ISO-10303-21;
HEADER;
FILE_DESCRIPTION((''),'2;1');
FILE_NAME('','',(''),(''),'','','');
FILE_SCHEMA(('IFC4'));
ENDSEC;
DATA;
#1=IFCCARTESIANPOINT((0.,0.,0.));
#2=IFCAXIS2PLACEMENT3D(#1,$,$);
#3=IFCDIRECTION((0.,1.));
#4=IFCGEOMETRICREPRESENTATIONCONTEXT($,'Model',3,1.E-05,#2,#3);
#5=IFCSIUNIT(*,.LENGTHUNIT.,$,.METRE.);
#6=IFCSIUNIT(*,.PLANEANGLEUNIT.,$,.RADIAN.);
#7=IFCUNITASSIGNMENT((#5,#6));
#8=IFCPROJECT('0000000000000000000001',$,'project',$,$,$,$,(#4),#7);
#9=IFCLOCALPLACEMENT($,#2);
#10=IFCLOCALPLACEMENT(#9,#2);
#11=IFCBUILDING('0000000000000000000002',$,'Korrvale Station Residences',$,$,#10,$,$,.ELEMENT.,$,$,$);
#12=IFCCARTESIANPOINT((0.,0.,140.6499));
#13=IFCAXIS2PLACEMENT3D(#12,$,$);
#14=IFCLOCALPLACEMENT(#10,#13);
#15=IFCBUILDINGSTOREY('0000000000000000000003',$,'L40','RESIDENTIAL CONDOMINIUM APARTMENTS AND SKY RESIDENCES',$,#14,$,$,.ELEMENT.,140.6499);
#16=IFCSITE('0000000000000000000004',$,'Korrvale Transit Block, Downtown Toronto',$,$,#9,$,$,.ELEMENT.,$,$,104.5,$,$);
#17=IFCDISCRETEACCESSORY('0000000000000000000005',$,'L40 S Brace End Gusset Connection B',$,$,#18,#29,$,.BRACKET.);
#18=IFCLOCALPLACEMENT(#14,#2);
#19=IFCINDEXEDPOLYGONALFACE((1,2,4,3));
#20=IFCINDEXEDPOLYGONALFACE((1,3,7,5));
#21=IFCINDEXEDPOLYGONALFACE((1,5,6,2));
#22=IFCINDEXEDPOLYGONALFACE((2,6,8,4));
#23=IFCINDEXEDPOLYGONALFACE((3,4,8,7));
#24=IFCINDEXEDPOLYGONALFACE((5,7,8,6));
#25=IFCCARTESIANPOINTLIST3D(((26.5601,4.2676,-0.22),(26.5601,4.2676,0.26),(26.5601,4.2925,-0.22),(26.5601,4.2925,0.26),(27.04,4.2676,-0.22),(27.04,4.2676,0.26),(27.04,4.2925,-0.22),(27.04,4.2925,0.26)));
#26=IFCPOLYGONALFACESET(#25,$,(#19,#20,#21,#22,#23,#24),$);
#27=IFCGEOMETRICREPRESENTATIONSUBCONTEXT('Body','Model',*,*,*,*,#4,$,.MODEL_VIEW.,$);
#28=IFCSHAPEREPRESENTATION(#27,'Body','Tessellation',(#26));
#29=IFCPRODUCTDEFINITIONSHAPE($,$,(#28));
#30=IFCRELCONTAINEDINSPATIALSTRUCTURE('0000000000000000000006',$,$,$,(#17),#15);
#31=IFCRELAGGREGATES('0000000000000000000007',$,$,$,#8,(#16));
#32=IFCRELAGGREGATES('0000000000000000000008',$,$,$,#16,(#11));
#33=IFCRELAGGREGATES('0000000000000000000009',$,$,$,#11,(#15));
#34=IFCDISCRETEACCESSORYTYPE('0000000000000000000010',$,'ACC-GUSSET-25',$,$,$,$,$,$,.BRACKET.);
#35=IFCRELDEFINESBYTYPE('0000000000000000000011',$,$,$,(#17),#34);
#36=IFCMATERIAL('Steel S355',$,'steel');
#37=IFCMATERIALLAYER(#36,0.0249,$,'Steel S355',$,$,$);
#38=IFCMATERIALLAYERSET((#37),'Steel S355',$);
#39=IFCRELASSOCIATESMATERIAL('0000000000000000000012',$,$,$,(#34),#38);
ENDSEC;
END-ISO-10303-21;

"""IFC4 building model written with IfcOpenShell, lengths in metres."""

from ifc_helpers import new_model, si_unit, direction, frame, origin, origin_2d, place, context, subcontext, project, spatial, rectangle, extrude, material, layer, layer_set, type_object, element, save


model = new_model("IFC4")

# Units and contexts
model_context = context("Model", 3, precision=1e-05, world=origin(), true_north=direction((0.0, 1.0)))
body_context = subcontext(model_context, "Body", "Model", "MODEL_VIEW")
ifc_project = project(units=[si_unit("LENGTHUNIT", "METRE"), si_unit("PLANEANGLEUNIT", "RADIAN")], contexts=[model_context])

# Site, building, storey
site_placement = place(None, origin())
site = spatial("IfcSite", under=ifc_project, at=site_placement, Name="Korrvale Transit Block, Downtown Toronto", CompositionType="ELEMENT", RefElevation=104.5)
building_placement = place(site_placement, origin())
building = spatial("IfcBuilding", under=site, at=building_placement, Name="Korrvale Station Residences", CompositionType="ELEMENT")
storey_placement = place(building_placement, frame((0.0, 0.0, 140.6499)))
storey = spatial("IfcBuildingStorey", under=building, at=storey_placement, Name="L40", Description="RESIDENTIAL CONDOMINIUM APARTMENTS AND SKY RESIDENCES", CompositionType="ELEMENT", Elevation=140.6499)

# Shared definitions
ifc_material_1 = material(Name="Steel S355", Category="steel")

# Discrete accessory
ifc_layer_1 = layer(ifc_material_1, 0.0249, Name="Steel S355")
ifc_layer_set_1 = layer_set([ifc_layer_1], Name="Steel S355")
discrete_accessory_type = type_object("IfcDiscreteAccessoryType", Name="ACC-GUSSET-25", PredefinedType="BRACKET", material=ifc_layer_set_1)
discrete_accessory_placement = place(storey_placement, frame((26.8, 4.28, -0.22), z_axis=(0.0, 0.0, 1.0), x_axis=(1.0, 0.0, 0.0)))
element("IfcDiscreteAccessory", 1, at=discrete_accessory_placement, inside=storey, type_object=discrete_accessory_type, Name="L40 S Brace End Gusset Connection B", PredefinedType="BRACKET", context=body_context, shape_type="SweptSolid", body=[
    extrude(rectangle(XDim=0.48, YDim=0.0249, at=origin_2d()), origin(), (0.0, 0.0, 1.0), 0.48),
])

save(model, "model.ifc")
